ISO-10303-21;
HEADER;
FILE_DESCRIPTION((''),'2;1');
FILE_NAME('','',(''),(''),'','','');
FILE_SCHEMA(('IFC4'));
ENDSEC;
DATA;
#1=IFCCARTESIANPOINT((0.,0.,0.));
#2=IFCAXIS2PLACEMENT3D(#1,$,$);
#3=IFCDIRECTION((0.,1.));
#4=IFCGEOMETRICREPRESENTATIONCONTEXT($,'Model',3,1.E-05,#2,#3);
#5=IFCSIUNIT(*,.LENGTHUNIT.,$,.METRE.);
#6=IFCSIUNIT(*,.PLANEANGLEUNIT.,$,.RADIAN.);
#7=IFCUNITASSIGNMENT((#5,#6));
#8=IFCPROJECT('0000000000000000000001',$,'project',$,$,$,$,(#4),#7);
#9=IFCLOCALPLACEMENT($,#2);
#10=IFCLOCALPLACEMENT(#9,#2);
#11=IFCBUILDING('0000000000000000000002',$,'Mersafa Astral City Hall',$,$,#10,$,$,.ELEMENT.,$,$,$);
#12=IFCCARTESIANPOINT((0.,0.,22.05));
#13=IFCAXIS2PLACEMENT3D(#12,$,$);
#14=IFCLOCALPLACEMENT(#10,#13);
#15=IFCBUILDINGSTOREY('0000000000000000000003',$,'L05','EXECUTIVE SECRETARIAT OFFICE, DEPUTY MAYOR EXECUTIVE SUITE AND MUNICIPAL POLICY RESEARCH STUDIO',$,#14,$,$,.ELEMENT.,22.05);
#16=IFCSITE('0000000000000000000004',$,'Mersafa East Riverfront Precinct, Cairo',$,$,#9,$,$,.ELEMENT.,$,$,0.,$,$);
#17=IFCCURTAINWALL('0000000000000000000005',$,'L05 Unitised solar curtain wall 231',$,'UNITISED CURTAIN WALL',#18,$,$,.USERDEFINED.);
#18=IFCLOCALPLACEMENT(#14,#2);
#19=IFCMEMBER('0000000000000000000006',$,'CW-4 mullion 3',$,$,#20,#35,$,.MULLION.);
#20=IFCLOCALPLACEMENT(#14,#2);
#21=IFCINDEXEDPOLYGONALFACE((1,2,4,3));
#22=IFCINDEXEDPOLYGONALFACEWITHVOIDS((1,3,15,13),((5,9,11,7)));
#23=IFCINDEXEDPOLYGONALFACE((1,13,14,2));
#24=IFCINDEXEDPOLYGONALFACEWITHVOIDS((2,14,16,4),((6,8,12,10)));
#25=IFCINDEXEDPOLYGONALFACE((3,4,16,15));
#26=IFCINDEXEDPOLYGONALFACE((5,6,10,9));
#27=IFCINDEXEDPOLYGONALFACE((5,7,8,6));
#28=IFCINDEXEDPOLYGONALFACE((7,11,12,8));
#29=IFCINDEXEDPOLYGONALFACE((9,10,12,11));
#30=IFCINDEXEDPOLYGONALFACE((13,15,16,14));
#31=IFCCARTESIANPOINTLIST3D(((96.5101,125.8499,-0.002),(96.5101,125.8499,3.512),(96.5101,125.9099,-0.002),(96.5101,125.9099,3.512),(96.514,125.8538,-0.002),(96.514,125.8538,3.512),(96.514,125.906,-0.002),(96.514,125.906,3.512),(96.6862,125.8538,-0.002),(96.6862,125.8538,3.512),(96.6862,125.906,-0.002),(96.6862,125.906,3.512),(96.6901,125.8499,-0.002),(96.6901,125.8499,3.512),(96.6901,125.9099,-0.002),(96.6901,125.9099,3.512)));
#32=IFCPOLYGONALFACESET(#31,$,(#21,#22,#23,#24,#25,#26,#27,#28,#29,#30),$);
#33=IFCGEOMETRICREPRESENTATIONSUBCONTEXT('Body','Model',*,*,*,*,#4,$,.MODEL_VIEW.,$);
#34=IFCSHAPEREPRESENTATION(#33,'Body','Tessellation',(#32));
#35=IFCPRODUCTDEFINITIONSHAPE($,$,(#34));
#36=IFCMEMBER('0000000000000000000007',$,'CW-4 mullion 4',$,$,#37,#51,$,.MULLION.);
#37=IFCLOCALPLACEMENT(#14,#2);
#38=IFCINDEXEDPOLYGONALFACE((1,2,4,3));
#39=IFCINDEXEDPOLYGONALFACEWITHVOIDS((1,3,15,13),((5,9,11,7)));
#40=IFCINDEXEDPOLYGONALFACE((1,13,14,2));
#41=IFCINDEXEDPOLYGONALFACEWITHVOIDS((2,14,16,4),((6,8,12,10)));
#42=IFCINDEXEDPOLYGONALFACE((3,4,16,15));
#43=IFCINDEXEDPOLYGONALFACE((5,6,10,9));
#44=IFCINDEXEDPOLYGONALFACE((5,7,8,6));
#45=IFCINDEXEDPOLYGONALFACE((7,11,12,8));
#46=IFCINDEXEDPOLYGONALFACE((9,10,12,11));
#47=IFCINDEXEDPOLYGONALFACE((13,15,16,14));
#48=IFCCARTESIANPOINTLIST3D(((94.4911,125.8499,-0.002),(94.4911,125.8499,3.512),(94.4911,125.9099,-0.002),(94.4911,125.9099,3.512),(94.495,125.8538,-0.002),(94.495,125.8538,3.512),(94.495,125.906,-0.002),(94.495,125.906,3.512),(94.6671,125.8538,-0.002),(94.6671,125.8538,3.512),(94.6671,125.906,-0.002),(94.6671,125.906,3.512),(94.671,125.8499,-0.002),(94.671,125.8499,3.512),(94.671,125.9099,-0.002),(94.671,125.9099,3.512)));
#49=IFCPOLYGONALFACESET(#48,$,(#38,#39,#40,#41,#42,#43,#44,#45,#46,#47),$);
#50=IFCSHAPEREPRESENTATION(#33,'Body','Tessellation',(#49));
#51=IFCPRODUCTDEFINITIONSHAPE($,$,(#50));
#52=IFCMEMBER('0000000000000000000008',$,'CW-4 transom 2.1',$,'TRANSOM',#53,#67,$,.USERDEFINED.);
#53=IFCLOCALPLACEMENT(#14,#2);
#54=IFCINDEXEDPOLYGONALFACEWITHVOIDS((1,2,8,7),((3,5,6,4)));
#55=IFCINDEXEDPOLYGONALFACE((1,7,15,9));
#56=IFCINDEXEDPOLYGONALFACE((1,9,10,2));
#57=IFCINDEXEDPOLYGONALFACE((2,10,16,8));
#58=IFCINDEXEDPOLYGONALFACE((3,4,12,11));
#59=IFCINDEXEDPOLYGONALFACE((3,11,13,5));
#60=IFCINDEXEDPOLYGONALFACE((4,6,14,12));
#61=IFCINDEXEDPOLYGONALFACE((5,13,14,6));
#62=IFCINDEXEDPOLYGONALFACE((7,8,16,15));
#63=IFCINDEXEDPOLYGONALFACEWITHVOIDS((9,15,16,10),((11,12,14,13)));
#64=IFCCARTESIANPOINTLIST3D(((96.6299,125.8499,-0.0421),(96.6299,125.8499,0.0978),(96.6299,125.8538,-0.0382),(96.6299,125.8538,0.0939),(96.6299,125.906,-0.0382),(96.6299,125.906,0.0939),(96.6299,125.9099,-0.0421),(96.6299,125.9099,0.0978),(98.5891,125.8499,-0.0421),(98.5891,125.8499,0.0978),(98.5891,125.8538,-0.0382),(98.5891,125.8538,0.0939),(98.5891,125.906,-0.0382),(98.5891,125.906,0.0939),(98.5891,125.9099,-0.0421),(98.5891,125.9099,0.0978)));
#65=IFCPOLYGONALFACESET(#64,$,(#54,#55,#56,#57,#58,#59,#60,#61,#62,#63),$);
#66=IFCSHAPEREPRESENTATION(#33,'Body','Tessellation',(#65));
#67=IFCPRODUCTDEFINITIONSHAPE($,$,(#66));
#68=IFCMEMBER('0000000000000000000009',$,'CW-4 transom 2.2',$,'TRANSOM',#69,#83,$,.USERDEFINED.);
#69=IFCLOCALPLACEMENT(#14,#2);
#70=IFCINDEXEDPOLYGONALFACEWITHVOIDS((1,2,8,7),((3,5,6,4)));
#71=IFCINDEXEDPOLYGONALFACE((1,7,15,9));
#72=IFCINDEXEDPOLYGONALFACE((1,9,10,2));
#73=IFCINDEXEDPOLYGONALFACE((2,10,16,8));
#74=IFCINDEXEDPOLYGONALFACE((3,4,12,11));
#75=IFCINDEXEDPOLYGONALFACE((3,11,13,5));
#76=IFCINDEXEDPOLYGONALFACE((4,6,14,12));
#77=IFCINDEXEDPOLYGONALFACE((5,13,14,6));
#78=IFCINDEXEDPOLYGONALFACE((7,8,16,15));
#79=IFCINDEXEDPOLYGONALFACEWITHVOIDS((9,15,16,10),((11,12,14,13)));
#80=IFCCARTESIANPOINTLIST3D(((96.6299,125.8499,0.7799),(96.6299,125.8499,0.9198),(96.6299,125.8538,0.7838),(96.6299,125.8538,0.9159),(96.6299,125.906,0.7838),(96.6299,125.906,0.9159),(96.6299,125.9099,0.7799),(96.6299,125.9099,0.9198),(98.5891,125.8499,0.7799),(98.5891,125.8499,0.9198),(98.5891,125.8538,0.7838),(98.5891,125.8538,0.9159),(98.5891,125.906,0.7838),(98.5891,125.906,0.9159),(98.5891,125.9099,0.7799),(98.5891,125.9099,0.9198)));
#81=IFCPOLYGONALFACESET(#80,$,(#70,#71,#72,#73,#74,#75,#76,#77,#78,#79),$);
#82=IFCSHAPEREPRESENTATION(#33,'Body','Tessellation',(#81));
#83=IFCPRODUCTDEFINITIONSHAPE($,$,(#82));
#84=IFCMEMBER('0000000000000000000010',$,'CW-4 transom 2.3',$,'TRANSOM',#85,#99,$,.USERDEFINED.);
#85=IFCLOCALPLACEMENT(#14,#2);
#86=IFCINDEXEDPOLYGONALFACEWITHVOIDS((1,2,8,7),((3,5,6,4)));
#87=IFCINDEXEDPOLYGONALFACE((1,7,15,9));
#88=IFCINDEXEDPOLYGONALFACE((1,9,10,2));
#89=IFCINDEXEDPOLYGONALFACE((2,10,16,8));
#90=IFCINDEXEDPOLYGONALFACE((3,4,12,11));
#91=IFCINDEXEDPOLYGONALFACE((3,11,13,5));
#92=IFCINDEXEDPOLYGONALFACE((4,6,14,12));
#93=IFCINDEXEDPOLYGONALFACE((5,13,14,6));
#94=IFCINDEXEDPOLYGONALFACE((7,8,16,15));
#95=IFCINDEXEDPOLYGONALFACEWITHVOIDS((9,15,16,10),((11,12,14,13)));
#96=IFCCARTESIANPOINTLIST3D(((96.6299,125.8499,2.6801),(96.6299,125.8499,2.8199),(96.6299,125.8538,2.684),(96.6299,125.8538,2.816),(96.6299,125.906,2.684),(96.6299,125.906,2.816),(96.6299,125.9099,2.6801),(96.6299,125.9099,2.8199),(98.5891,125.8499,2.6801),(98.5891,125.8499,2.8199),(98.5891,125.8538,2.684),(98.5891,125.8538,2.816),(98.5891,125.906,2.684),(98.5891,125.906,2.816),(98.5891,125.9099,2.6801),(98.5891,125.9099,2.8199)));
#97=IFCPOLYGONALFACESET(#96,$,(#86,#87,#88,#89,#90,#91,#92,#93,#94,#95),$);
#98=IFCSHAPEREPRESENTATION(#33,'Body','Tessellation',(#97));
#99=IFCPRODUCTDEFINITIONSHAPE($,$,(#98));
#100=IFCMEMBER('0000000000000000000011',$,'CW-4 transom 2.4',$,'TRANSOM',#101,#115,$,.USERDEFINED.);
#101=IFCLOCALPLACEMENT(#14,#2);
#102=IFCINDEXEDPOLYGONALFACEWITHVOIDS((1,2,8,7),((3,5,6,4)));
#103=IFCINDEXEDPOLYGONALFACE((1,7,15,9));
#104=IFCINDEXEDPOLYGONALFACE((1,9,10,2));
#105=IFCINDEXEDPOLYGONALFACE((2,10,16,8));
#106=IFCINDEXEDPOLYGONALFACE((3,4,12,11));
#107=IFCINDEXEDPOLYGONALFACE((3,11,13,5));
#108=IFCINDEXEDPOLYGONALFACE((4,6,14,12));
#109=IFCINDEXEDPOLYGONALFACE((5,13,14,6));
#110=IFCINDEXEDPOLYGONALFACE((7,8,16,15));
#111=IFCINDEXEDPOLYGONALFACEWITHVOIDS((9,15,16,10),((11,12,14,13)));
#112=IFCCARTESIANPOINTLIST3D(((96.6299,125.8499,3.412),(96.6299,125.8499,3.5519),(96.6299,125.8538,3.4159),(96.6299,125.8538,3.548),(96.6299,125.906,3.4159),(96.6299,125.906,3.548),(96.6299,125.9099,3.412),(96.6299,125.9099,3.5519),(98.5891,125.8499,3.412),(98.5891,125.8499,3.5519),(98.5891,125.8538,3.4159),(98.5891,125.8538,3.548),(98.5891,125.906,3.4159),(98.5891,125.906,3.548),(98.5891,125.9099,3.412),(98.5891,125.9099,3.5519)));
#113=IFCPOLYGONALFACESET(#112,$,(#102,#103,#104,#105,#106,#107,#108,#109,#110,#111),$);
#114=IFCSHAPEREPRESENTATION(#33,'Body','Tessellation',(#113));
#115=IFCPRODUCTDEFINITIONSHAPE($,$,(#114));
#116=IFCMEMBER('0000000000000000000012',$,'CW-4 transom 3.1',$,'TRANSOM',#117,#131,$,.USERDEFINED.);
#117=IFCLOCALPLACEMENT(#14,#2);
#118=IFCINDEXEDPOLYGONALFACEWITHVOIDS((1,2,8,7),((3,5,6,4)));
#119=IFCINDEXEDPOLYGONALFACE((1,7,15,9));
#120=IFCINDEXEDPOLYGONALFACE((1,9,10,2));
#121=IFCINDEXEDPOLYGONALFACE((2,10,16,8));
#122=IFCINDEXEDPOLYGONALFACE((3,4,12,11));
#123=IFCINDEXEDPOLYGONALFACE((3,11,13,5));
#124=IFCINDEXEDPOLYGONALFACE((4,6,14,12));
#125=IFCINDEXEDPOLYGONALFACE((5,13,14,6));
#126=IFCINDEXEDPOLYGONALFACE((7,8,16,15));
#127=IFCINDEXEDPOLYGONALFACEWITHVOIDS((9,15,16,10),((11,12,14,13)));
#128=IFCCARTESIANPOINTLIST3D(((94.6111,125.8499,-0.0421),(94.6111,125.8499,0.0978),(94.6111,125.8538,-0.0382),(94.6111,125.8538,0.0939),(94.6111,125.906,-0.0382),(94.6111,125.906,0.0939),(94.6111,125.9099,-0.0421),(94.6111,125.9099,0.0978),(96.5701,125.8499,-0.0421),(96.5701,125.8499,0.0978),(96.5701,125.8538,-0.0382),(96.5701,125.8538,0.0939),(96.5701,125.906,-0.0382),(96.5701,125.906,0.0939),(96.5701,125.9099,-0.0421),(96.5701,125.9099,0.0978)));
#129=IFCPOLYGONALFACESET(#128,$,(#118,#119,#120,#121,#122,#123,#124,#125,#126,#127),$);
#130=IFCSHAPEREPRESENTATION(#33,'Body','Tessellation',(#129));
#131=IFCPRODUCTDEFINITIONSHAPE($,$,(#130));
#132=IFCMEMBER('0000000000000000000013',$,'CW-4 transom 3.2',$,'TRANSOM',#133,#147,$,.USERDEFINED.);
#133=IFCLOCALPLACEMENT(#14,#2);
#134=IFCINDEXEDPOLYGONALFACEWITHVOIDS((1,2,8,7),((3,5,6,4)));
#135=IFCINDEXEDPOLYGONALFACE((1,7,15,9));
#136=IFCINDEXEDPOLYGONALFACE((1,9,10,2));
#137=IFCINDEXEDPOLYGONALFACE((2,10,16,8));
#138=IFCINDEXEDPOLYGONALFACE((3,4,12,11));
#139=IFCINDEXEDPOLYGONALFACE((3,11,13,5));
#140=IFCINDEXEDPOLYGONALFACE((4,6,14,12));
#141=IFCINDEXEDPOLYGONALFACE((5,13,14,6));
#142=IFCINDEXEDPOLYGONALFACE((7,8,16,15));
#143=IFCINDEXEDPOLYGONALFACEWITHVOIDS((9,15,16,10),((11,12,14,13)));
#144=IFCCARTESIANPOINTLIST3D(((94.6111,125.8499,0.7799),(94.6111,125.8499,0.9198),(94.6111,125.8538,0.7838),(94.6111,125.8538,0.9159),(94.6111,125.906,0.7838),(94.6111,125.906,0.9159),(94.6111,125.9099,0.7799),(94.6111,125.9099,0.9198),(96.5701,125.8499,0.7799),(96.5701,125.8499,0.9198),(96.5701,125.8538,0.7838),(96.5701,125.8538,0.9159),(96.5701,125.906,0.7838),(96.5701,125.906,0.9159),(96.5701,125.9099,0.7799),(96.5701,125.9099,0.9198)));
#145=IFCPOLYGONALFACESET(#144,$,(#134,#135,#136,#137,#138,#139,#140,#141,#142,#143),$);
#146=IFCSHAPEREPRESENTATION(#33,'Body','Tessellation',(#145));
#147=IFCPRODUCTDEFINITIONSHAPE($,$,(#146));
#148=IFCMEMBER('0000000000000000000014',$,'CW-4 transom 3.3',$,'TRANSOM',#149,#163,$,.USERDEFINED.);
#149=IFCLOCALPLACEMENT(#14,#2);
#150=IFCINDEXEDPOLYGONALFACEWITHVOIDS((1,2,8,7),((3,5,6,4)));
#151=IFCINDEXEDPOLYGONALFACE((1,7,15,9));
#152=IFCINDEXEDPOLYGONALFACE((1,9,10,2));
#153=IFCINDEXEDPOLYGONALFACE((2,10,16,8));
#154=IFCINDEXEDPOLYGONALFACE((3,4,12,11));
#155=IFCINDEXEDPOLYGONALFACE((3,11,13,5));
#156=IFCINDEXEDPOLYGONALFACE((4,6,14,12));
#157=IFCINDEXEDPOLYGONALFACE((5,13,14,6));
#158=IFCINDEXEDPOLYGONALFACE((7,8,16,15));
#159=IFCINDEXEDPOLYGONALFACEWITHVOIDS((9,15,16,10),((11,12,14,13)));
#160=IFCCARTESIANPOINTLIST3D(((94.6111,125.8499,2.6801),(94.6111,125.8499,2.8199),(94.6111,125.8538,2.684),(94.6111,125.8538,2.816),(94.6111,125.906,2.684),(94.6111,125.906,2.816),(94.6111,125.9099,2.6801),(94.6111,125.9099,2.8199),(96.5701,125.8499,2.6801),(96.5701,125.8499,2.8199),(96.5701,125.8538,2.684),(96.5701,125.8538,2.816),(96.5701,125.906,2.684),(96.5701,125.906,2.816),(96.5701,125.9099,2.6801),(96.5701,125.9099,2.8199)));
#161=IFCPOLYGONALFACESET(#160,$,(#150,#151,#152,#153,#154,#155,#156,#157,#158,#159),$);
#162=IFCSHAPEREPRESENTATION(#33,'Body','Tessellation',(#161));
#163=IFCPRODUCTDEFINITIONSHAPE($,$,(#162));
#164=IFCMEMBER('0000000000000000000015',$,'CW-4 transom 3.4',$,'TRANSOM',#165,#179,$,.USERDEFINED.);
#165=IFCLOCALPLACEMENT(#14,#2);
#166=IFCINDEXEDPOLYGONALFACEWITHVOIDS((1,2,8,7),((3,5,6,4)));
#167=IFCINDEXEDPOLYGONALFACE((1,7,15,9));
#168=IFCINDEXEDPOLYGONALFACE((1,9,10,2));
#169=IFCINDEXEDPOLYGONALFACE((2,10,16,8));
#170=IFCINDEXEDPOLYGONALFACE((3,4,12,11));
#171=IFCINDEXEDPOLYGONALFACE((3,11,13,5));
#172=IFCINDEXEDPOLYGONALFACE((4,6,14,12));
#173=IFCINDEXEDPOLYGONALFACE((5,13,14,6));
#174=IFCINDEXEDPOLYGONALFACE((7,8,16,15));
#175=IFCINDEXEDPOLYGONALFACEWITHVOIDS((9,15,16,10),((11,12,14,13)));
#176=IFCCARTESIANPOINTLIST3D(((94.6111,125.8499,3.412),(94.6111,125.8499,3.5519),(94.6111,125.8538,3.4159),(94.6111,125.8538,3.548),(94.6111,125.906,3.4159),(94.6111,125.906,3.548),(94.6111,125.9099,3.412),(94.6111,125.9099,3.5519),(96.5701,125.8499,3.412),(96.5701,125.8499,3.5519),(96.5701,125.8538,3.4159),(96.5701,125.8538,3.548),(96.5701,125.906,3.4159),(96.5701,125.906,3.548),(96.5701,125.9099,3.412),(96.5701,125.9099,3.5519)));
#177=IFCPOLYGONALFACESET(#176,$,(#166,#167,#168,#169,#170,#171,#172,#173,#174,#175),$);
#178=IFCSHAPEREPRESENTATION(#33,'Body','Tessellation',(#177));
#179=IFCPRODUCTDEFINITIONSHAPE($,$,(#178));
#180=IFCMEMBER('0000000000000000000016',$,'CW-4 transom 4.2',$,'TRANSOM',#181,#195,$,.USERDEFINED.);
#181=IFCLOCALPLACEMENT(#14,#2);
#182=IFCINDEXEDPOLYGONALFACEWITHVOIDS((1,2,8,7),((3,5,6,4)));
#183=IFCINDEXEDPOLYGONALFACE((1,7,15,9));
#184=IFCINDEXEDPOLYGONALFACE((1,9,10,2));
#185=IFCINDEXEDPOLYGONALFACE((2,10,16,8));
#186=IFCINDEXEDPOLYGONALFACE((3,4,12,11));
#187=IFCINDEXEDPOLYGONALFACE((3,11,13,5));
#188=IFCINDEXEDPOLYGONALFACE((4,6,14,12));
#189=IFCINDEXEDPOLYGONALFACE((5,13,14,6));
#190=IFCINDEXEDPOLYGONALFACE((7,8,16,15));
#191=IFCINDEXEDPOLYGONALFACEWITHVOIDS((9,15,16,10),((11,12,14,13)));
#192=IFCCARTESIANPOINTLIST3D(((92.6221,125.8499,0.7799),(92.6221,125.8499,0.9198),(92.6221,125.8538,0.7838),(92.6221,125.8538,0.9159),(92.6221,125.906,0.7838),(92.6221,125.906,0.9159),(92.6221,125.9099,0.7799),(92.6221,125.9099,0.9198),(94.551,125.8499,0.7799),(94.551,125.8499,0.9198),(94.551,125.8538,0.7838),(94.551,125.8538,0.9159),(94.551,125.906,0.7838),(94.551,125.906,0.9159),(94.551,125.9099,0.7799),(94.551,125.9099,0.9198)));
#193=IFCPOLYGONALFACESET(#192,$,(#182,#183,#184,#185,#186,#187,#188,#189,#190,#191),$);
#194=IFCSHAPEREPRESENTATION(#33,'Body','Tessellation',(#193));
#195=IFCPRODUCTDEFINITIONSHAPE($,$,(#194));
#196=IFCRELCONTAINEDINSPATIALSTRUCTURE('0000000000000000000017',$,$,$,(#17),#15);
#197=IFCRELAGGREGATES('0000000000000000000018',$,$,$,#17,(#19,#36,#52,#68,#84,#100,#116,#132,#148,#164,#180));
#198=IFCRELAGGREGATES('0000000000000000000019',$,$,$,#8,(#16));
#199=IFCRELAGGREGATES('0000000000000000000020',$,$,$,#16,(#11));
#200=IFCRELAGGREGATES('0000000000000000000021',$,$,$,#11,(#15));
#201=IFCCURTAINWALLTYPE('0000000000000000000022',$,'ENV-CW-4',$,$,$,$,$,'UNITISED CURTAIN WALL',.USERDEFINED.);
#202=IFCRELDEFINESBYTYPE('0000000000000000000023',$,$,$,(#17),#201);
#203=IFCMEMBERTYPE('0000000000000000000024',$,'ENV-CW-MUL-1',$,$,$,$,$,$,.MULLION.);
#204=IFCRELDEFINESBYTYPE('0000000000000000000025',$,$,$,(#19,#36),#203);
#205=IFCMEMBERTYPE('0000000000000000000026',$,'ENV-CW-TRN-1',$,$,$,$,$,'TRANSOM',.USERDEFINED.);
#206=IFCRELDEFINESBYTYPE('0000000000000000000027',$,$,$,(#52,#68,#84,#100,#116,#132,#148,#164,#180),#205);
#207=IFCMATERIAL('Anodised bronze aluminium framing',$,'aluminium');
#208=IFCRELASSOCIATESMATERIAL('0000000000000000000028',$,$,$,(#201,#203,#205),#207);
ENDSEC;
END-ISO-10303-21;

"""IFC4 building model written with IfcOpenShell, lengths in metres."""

from ifc_helpers import new_model, si_unit, direction, frame, origin, origin_2d, place, context, subcontext, project, spatial, hollow_rectangle, extrude, material, material_profile, profile_set, type_object, element, aggregate, save


model = new_model("IFC4")

# Units and contexts
model_context = context("Model", 3, precision=1e-05, world=origin(), true_north=direction((0.0, 1.0)))
body_context = subcontext(model_context, "Body", "Model", "MODEL_VIEW")
ifc_project = project(units=[si_unit("LENGTHUNIT", "METRE"), si_unit("PLANEANGLEUNIT", "RADIAN")], contexts=[model_context])

# Site, building, storey
site_placement = place(None, origin())
site = spatial("IfcSite", under=ifc_project, at=site_placement, Name="Mersafa East Riverfront Precinct, Cairo", CompositionType="ELEMENT", RefElevation=0.0)
building_placement = place(site_placement, origin())
building = spatial("IfcBuilding", under=site, at=building_placement, Name="Mersafa Astral City Hall", CompositionType="ELEMENT")
storey_placement = place(building_placement, frame((0.0, 0.0, 22.05)))
storey = spatial("IfcBuildingStorey", under=building, at=storey_placement, Name="L05", Description="EXECUTIVE SECRETARIAT OFFICE, DEPUTY MAYOR EXECUTIVE SUITE AND MUNICIPAL POLICY RESEARCH STUDIO", CompositionType="ELEMENT", Elevation=22.05)

# Curtain wall, members
ifc_material_1 = material(Name="Anodised bronze aluminium framing", Category="aluminium")
curtain_wall_type = type_object("IfcCurtainWallType", Name="ENV-CW-4", ElementType="UNITISED CURTAIN WALL", PredefinedType="USERDEFINED", material=ifc_material_1)
curtain_wall_placement = place(storey_placement, origin())
curtain_wall = element("IfcCurtainWall", 1, at=curtain_wall_placement, inside=storey, type_object=curtain_wall_type, Name="L05 Unitised solar curtain wall 231", ObjectType="UNITISED CURTAIN WALL", PredefinedType="USERDEFINED")
ifc_material_profile_1 = material_profile(ifc_material_1, hollow_rectangle(XDim=0.0601, YDim=0.1799, WallThickness=0.0039, at=origin_2d()), Name="RHS 60x180x4")
ifc_profile_set_1 = profile_set([ifc_material_profile_1], Name="Anodised bronze aluminium framing")
member_type_1 = type_object("IfcMemberType", Name="ENV-CW-MUL-1", PredefinedType="MULLION", material=ifc_profile_set_1)
member_1_placement = place(storey_placement, frame((96.6001, 125.8799, -0.002), z_axis=(0.0, 0.0, 1.0), x_axis=(0.0, -1.0, 0.0)))
member_1 = element("IfcMember", 2, at=member_1_placement, type_object=member_type_1, Name="CW-4 mullion 3", PredefinedType="MULLION", context=body_context, shape_type="SweptSolid", body=[
    extrude(hollow_rectangle(XDim=0.0601, YDim=0.1799, WallThickness=0.0039, at=origin_2d()), origin(), (0.0, 0.0, 1.0), 3.5139),
])
member_2_placement = place(storey_placement, frame((94.5811, 125.8799, -0.002), z_axis=(0.0, 0.0, 1.0), x_axis=(0.0, -1.0, 0.0)))
member_2 = element("IfcMember", 3, at=member_2_placement, type_object=member_type_1, Name="CW-4 mullion 4", PredefinedType="MULLION", context=body_context, shape_type="SweptSolid", body=[
    extrude(hollow_rectangle(XDim=0.0601, YDim=0.1799, WallThickness=0.0039, at=origin_2d()), origin(), (0.0, 0.0, 1.0), 3.5139),
])
ifc_material_profile_2 = material_profile(ifc_material_1, hollow_rectangle(XDim=0.0601, YDim=0.1399, WallThickness=0.0039, at=origin_2d()), Name="RHS 60x140x4")
ifc_profile_set_2 = profile_set([ifc_material_profile_2], Name="Anodised bronze aluminium framing")
member_type_2 = type_object("IfcMemberType", Name="ENV-CW-TRN-1", ElementType="TRANSOM", PredefinedType="USERDEFINED", material=ifc_profile_set_2)
member_3_placement = place(storey_placement, frame((98.5891, 125.8799, 0.0278), z_axis=(-1.0, 0.0, 0.0), x_axis=(0.0, -1.0, 0.0)))
member_3 = element("IfcMember", 4, at=member_3_placement, type_object=member_type_2, Name="CW-4 transom 2.1", ObjectType="TRANSOM", PredefinedType="USERDEFINED", context=body_context, shape_type="SweptSolid", body=[
    extrude(hollow_rectangle(XDim=0.0601, YDim=0.1399, WallThickness=0.0039, at=origin_2d()), origin(), (0.0, 0.0, 1.0), 1.9592),
])
member_4_placement = place(storey_placement, frame((98.5891, 125.8799, 0.8499), z_axis=(-1.0, 0.0, 0.0), x_axis=(0.0, -1.0, 0.0)))
member_4 = element("IfcMember", 5, at=member_4_placement, type_object=member_type_2, Name="CW-4 transom 2.2", ObjectType="TRANSOM", PredefinedType="USERDEFINED", context=body_context, shape_type="SweptSolid", body=[
    extrude(hollow_rectangle(XDim=0.0601, YDim=0.1399, WallThickness=0.0039, at=origin_2d()), origin(), (0.0, 0.0, 1.0), 1.9592),
])
member_5_placement = place(storey_placement, frame((98.5891, 125.8799, 2.75), z_axis=(-1.0, 0.0, 0.0), x_axis=(0.0, -1.0, 0.0)))
member_5 = element("IfcMember", 6, at=member_5_placement, type_object=member_type_2, Name="CW-4 transom 2.3", ObjectType="TRANSOM", PredefinedType="USERDEFINED", context=body_context, shape_type="SweptSolid", body=[
    extrude(hollow_rectangle(XDim=0.0601, YDim=0.1399, WallThickness=0.0039, at=origin_2d()), origin(), (0.0, 0.0, 1.0), 1.9592),
])
member_6_placement = place(storey_placement, frame((98.5891, 125.8799, 3.4819), z_axis=(-1.0, 0.0, 0.0), x_axis=(0.0, -1.0, 0.0)))
member_6 = element("IfcMember", 7, at=member_6_placement, type_object=member_type_2, Name="CW-4 transom 2.4", ObjectType="TRANSOM", PredefinedType="USERDEFINED", context=body_context, shape_type="SweptSolid", body=[
    extrude(hollow_rectangle(XDim=0.0601, YDim=0.1399, WallThickness=0.0039, at=origin_2d()), origin(), (0.0, 0.0, 1.0), 1.9592),
])
member_7_placement = place(storey_placement, frame((96.5701, 125.8799, 0.0278), z_axis=(-1.0, 0.0, 0.0), x_axis=(0.0, -1.0, 0.0)))
member_7 = element("IfcMember", 8, at=member_7_placement, type_object=member_type_2, Name="CW-4 transom 3.1", ObjectType="TRANSOM", PredefinedType="USERDEFINED", context=body_context, shape_type="SweptSolid", body=[
    extrude(hollow_rectangle(XDim=0.0601, YDim=0.1399, WallThickness=0.0039, at=origin_2d()), origin(), (0.0, 0.0, 1.0), 1.959),
])
member_8_placement = place(storey_placement, frame((96.5701, 125.8799, 0.8499), z_axis=(-1.0, 0.0, 0.0), x_axis=(0.0, -1.0, 0.0)))
member_8 = element("IfcMember", 9, at=member_8_placement, type_object=member_type_2, Name="CW-4 transom 3.2", ObjectType="TRANSOM", PredefinedType="USERDEFINED", context=body_context, shape_type="SweptSolid", body=[
    extrude(hollow_rectangle(XDim=0.0601, YDim=0.1399, WallThickness=0.0039, at=origin_2d()), origin(), (0.0, 0.0, 1.0), 1.959),
])
member_9_placement = place(storey_placement, frame((96.5701, 125.8799, 2.75), z_axis=(-1.0, 0.0, 0.0), x_axis=(0.0, -1.0, 0.0)))
member_9 = element("IfcMember", 10, at=member_9_placement, type_object=member_type_2, Name="CW-4 transom 3.3", ObjectType="TRANSOM", PredefinedType="USERDEFINED", context=body_context, shape_type="SweptSolid", body=[
    extrude(hollow_rectangle(XDim=0.0601, YDim=0.1399, WallThickness=0.0039, at=origin_2d()), origin(), (0.0, 0.0, 1.0), 1.959),
])
member_10_placement = place(storey_placement, frame((96.5701, 125.8799, 3.4819), z_axis=(-1.0, 0.0, 0.0), x_axis=(0.0, -1.0, 0.0)))
member_10 = element("IfcMember", 11, at=member_10_placement, type_object=member_type_2, Name="CW-4 transom 3.4", ObjectType="TRANSOM", PredefinedType="USERDEFINED", context=body_context, shape_type="SweptSolid", body=[
    extrude(hollow_rectangle(XDim=0.0601, YDim=0.1399, WallThickness=0.0039, at=origin_2d()), origin(), (0.0, 0.0, 1.0), 1.959),
])
member_11_placement = place(storey_placement, frame((94.551, 125.8799, 0.8499), z_axis=(-1.0, 0.0, 0.0), x_axis=(0.0, -1.0, 0.0)))
member_11 = element("IfcMember", 12, at=member_11_placement, type_object=member_type_2, Name="CW-4 transom 4.2", ObjectType="TRANSOM", PredefinedType="USERDEFINED", context=body_context, shape_type="SweptSolid", body=[
    extrude(hollow_rectangle(XDim=0.0601, YDim=0.1399, WallThickness=0.0039, at=origin_2d()), origin(), (0.0, 0.0, 1.0), 1.929),
])
aggregate(curtain_wall, [member_1, member_2, member_3, member_4, member_5, member_6, member_7, member_8, member_9, member_10, member_11])

save(model, "model.ifc")
